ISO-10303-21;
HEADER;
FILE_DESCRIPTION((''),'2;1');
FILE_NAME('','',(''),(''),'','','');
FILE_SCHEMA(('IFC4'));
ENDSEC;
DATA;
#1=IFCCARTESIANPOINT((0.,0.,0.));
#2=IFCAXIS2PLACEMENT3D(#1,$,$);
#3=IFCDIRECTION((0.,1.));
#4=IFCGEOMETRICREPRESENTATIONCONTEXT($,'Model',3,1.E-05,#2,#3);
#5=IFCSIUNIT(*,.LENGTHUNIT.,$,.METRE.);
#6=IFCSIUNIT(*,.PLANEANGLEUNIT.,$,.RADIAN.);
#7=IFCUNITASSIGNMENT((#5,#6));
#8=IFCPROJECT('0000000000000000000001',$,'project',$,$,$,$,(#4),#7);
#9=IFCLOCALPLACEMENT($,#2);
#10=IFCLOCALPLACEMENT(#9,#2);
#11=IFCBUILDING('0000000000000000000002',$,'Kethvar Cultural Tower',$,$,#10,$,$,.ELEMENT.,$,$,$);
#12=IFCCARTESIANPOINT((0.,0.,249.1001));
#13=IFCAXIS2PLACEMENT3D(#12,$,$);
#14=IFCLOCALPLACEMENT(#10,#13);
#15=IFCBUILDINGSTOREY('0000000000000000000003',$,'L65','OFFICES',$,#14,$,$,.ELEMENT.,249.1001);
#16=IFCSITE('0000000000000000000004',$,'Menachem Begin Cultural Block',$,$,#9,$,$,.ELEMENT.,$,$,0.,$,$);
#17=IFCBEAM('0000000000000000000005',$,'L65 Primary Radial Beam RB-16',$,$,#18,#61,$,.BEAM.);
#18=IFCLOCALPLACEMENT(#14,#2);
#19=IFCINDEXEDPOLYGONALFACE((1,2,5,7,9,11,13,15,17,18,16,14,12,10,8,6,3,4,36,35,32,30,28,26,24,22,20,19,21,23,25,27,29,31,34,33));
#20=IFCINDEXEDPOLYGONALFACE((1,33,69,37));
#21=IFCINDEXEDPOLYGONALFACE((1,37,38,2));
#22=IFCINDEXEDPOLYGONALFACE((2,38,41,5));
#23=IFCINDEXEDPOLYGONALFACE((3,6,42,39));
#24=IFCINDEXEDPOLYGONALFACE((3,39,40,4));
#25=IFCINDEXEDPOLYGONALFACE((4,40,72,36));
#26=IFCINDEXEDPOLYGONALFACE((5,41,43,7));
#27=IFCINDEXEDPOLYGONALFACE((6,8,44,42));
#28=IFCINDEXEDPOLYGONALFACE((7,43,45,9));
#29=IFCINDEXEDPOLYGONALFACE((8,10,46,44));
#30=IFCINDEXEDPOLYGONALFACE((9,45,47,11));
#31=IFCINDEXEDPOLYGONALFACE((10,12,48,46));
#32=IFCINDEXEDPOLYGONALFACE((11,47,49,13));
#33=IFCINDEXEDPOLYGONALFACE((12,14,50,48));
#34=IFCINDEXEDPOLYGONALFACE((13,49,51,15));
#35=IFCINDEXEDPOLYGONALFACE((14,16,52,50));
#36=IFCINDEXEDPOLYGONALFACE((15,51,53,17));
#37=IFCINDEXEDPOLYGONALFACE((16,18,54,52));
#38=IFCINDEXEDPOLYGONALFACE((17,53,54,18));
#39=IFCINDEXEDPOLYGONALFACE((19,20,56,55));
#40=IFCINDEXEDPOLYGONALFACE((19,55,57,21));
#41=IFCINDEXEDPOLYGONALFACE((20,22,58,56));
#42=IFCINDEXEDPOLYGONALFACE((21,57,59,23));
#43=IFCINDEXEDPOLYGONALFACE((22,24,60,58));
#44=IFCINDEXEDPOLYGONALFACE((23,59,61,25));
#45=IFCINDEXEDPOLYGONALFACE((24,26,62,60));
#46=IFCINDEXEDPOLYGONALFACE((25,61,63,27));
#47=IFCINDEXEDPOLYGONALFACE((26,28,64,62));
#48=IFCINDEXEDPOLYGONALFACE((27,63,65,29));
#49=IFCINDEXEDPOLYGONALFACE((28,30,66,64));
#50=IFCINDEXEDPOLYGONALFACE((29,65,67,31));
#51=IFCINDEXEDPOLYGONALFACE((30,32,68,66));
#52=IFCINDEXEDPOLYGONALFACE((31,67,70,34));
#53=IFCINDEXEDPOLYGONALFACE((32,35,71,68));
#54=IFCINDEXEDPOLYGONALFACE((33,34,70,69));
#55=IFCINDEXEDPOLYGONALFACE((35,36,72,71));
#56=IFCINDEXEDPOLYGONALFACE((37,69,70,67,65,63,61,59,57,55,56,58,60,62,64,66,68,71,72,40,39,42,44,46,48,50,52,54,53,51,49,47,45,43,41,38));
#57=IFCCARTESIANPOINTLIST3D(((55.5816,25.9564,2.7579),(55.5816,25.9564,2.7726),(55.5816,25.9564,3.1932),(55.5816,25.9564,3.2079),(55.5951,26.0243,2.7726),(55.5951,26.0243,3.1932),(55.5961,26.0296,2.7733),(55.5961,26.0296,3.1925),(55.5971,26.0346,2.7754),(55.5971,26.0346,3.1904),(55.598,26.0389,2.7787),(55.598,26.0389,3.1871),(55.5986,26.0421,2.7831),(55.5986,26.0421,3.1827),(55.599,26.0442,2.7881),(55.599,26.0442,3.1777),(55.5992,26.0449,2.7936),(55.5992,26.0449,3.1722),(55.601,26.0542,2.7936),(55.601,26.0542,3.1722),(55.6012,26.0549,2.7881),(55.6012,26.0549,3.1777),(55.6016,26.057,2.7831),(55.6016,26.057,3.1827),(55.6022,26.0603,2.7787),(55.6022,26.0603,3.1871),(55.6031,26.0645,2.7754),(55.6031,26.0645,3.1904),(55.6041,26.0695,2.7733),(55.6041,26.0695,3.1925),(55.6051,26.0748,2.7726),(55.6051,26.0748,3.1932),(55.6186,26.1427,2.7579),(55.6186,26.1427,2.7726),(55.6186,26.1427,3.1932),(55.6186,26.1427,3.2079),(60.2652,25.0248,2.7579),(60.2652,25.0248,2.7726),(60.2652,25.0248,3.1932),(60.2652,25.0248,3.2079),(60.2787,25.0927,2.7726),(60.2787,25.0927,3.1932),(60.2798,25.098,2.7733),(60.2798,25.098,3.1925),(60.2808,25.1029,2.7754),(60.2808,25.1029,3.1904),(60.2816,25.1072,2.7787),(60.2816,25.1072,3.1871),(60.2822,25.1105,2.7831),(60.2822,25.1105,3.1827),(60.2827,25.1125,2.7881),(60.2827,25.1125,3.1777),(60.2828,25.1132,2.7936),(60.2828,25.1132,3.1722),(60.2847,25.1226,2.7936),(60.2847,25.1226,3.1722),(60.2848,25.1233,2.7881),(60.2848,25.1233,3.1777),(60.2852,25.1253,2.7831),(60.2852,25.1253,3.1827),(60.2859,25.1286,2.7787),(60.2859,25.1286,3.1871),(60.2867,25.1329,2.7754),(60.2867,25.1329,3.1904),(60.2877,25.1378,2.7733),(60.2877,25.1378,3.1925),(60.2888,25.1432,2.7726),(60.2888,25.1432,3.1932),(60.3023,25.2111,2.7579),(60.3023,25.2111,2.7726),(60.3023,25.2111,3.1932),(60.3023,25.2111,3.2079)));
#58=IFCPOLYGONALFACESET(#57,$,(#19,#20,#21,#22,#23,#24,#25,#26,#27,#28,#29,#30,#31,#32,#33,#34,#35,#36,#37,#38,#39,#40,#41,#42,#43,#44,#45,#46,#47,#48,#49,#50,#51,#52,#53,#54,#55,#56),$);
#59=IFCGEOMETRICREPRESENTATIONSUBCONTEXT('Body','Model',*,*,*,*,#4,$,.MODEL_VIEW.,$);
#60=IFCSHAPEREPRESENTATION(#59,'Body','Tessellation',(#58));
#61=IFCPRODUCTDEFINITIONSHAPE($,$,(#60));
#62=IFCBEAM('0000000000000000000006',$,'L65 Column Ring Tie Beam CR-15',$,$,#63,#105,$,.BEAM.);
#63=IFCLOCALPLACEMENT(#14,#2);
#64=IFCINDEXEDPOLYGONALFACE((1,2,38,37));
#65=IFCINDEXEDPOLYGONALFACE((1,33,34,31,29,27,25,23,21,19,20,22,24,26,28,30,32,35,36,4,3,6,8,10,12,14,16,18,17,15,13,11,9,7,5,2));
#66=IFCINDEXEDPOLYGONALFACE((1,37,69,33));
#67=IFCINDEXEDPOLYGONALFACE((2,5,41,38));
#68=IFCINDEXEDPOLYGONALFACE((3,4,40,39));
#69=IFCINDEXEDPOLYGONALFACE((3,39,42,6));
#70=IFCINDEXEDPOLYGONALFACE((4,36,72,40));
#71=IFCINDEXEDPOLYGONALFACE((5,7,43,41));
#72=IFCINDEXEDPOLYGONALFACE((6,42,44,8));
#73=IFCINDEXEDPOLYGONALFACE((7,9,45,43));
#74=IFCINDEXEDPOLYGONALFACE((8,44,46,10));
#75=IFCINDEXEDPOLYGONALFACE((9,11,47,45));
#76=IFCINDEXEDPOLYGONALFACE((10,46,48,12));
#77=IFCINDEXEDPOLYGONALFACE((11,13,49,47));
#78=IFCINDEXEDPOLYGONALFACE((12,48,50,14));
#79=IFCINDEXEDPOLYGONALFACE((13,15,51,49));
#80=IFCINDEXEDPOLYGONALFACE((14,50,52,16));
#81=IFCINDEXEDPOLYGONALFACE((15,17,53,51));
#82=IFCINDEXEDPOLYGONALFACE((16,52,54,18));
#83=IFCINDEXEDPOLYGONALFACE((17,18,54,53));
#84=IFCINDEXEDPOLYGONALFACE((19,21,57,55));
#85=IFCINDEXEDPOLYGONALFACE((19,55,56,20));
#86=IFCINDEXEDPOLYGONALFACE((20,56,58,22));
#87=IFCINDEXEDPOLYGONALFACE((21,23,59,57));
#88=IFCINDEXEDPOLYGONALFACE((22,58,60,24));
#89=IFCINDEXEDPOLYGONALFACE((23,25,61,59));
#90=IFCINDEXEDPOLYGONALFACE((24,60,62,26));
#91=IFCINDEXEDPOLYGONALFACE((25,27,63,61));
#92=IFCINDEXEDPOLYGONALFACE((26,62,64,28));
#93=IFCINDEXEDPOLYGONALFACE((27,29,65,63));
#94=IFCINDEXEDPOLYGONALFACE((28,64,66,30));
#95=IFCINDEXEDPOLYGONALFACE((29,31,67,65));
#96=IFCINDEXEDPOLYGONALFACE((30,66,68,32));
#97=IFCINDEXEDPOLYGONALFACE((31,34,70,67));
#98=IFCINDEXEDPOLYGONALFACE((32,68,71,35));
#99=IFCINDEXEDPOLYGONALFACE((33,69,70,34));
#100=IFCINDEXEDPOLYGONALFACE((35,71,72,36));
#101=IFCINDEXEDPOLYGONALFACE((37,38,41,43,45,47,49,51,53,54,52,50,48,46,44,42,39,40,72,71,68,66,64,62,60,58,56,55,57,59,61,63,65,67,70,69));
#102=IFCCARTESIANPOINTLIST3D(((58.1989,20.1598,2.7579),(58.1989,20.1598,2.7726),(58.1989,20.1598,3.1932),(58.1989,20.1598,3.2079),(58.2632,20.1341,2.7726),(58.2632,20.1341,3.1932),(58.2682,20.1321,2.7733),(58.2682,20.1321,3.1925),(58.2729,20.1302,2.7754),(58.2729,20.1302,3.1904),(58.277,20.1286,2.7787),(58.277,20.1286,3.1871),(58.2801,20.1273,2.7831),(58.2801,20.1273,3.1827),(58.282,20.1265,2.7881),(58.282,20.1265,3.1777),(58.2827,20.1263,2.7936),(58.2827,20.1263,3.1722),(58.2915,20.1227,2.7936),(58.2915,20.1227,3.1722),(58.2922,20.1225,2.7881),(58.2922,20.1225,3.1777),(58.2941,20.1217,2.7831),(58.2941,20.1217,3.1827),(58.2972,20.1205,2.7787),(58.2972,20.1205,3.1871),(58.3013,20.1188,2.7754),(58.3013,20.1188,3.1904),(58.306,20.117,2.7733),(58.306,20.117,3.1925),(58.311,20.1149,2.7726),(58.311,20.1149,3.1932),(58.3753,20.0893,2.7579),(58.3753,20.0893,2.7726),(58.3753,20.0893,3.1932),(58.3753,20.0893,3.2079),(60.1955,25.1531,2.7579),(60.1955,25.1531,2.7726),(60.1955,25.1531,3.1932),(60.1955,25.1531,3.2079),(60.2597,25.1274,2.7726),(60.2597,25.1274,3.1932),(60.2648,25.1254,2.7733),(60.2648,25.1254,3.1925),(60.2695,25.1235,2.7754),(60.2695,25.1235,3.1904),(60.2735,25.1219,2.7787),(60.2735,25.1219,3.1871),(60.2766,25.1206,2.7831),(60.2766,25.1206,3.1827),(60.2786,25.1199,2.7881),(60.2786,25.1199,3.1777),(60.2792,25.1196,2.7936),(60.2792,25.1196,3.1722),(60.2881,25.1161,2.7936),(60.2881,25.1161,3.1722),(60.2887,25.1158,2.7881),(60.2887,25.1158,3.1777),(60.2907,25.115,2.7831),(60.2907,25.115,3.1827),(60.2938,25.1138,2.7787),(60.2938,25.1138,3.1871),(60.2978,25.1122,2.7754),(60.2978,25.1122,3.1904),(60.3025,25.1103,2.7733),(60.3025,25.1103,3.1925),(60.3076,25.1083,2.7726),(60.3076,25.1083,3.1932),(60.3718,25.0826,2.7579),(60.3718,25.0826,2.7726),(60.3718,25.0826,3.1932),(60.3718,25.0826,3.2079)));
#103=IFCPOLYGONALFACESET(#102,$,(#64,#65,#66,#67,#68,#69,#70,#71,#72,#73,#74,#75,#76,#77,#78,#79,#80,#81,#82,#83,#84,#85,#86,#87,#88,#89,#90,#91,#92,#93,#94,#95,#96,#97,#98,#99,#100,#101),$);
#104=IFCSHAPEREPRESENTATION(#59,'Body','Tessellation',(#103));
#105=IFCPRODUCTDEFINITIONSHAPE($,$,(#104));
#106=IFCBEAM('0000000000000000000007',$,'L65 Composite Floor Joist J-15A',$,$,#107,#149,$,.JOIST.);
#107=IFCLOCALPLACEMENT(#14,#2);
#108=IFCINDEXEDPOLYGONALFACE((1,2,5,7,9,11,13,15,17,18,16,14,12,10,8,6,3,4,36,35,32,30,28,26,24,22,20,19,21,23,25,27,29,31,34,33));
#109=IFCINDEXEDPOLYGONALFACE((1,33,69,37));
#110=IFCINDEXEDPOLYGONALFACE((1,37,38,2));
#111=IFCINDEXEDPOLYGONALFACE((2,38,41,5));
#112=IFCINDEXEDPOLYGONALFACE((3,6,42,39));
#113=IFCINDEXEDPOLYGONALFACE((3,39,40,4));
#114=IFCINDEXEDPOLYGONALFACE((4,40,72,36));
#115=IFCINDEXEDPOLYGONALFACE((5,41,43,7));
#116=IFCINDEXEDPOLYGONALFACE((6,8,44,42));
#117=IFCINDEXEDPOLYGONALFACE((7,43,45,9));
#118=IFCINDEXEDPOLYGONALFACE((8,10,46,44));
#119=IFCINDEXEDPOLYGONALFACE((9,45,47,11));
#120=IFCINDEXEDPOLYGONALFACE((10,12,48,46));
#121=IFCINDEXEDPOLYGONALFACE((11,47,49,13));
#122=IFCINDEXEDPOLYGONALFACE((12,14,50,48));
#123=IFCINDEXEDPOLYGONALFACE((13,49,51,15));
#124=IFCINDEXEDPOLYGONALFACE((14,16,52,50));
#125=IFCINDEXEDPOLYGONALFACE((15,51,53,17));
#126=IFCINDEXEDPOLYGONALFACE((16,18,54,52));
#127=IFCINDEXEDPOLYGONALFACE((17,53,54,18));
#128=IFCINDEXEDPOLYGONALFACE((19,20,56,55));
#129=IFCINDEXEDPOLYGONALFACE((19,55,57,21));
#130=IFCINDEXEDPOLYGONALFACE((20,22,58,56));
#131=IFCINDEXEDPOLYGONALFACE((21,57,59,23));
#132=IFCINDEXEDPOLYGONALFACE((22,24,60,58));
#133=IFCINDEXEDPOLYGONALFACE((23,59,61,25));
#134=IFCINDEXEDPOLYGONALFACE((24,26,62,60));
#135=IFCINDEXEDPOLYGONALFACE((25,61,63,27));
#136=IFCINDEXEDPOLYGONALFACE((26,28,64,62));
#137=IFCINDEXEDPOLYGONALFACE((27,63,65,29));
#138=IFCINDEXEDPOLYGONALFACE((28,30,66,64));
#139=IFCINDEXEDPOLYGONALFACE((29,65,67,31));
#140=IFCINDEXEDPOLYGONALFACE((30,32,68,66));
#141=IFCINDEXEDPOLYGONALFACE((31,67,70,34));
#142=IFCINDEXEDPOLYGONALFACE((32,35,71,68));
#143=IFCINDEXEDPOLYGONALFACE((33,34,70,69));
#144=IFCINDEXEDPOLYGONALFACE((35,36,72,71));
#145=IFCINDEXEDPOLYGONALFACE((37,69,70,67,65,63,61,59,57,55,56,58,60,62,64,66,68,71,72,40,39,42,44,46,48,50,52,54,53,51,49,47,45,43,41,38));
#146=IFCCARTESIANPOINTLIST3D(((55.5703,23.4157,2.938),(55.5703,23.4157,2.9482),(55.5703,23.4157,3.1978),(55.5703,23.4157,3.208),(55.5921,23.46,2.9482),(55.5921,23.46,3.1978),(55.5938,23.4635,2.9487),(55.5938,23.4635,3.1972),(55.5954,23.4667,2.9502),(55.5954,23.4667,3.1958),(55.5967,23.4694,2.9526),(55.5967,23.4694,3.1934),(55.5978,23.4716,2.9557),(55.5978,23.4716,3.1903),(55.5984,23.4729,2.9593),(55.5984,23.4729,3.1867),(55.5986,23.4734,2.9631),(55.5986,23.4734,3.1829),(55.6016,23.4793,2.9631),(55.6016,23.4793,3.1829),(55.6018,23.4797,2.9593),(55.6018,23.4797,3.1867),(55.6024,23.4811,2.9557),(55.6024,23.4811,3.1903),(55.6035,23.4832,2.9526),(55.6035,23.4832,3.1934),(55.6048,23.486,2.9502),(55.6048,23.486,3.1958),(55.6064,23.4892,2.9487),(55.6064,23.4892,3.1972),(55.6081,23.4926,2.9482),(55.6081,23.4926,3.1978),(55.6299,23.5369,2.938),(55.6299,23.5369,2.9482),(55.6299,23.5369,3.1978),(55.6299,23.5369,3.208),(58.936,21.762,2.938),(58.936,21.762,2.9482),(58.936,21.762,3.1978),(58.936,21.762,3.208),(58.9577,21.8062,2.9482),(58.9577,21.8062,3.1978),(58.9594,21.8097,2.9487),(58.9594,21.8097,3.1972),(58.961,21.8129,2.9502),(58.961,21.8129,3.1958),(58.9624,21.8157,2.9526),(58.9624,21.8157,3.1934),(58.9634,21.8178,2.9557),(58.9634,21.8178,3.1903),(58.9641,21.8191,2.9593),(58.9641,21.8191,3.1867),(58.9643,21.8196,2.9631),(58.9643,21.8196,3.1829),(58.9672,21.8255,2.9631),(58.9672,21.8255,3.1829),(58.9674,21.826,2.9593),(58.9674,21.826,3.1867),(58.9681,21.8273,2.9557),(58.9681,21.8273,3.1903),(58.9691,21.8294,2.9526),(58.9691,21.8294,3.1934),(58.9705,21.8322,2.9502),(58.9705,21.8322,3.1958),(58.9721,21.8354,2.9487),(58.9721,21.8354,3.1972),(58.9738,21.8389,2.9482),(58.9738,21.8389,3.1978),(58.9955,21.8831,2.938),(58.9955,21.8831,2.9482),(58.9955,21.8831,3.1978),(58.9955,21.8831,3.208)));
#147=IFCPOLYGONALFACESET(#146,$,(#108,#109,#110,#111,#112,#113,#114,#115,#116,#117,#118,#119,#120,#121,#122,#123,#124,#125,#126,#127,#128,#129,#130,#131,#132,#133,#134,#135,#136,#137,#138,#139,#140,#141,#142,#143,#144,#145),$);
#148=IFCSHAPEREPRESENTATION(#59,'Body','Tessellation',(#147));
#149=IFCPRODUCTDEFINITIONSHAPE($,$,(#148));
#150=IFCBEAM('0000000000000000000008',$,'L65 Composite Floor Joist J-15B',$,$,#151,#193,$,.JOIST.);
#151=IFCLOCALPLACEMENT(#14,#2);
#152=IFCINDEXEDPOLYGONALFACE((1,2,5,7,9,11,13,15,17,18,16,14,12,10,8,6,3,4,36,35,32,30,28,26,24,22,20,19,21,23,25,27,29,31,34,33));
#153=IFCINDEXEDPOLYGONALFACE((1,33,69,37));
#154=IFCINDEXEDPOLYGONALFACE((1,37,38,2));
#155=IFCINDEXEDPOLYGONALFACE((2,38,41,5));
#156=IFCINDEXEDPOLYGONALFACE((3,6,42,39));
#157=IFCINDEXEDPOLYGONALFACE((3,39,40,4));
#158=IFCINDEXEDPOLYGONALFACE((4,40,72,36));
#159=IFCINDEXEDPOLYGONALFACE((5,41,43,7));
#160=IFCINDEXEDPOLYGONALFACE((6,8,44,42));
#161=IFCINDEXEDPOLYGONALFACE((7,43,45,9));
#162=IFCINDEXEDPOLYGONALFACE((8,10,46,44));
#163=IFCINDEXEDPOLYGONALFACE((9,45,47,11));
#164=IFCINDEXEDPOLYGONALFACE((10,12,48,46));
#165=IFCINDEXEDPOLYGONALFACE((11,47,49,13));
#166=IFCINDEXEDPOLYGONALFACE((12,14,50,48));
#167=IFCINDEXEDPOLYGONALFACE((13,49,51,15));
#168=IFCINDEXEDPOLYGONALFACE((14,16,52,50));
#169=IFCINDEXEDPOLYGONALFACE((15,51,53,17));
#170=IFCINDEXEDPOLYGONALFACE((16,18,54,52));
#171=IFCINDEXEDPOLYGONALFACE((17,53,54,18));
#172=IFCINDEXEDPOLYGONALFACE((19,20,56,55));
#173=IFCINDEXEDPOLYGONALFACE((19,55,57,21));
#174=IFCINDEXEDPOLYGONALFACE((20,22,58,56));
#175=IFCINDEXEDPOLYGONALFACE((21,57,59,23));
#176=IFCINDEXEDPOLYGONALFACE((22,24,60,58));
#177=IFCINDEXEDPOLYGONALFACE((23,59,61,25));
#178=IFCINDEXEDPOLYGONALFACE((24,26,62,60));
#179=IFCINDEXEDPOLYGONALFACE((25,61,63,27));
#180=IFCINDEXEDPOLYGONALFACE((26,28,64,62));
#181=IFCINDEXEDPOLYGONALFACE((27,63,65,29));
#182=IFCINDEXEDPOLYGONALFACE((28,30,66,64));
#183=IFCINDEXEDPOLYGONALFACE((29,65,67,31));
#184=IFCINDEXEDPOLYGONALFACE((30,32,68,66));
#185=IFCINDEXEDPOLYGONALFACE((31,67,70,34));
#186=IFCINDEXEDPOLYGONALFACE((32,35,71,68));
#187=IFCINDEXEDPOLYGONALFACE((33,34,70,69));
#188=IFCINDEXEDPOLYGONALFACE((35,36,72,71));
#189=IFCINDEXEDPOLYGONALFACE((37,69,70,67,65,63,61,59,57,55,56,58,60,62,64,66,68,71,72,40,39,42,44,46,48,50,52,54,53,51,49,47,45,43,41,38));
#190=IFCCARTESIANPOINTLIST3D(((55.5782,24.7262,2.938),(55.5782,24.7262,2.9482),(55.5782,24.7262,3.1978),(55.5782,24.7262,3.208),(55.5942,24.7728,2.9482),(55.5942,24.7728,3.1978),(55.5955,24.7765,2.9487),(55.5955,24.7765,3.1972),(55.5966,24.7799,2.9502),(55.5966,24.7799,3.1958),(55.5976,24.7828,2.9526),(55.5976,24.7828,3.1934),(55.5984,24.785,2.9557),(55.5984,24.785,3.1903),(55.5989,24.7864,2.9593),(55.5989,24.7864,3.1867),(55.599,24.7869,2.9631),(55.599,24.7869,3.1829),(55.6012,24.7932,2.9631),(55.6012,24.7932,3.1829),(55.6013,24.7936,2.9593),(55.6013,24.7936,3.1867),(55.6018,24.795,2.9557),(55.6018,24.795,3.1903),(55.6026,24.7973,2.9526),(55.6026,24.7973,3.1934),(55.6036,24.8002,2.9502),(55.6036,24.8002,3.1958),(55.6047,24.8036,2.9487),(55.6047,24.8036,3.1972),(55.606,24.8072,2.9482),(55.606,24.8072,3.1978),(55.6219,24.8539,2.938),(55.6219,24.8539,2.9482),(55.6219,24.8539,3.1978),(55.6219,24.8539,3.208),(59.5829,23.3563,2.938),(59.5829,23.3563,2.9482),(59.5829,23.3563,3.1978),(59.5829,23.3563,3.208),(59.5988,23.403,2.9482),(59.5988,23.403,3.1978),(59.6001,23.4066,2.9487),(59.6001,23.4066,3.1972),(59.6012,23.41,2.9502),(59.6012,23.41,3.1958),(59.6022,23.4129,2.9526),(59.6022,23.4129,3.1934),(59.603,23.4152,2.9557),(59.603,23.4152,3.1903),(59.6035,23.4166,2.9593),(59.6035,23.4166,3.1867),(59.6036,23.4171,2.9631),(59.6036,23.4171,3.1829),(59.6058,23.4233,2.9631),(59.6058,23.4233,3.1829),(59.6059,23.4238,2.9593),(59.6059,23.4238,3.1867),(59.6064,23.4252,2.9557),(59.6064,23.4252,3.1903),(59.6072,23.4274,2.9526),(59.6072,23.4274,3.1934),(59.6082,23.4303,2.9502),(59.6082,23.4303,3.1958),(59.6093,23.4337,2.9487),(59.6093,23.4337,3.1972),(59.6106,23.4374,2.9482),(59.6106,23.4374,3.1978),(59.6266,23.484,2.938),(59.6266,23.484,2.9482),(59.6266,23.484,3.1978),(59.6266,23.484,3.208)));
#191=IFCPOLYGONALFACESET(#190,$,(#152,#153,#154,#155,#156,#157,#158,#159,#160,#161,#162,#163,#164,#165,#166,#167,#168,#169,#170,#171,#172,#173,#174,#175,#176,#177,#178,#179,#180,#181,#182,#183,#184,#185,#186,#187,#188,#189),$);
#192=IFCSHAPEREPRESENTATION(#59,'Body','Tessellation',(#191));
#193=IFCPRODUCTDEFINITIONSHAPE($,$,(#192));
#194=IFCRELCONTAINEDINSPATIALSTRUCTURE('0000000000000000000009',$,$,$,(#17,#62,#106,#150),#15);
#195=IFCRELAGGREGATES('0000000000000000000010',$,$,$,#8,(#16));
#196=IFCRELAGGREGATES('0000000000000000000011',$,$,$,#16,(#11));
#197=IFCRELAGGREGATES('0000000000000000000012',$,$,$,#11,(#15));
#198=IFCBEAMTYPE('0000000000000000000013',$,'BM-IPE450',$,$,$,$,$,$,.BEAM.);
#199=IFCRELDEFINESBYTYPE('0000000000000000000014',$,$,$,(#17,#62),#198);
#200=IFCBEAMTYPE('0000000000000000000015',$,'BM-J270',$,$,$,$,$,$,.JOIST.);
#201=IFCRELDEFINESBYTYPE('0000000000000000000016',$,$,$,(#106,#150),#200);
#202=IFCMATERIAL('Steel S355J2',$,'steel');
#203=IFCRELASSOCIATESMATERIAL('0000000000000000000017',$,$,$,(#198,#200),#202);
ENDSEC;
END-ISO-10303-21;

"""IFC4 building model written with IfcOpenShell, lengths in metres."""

from ifc_helpers import new_model, si_unit, direction, frame, origin, origin_2d, place, context, subcontext, project, spatial, i_section, extrude, source, transform, mapped, material, material_profile, profile_set, type_object, element, save


model = new_model("IFC4")

# Units and contexts
model_context = context("Model", 3, precision=1e-05, world=origin(), true_north=direction((0.0, 1.0)))
body_context = subcontext(model_context, "Body", "Model", "MODEL_VIEW")
ifc_project = project(units=[si_unit("LENGTHUNIT", "METRE"), si_unit("PLANEANGLEUNIT", "RADIAN")], contexts=[model_context])

# Site, building, storey
site_placement = place(None, origin())
site = spatial("IfcSite", under=ifc_project, at=site_placement, Name="Menachem Begin Cultural Block", CompositionType="ELEMENT", RefElevation=0.0)
building_placement = place(site_placement, origin())
building = spatial("IfcBuilding", under=site, at=building_placement, Name="Kethvar Cultural Tower", CompositionType="ELEMENT")
storey_placement = place(building_placement, frame((0.0, 0.0, 249.1001)))
storey = spatial("IfcBuildingStorey", under=building, at=storey_placement, Name="L65", Description="OFFICES", CompositionType="ELEMENT", Elevation=249.1001)

# Beams
ifc_material_1 = material(Name="Steel S355J2", Category="steel")
ifc_material_profile_1 = material_profile(ifc_material_1, i_section(OverallWidth=0.1899, OverallDepth=0.45, WebThickness=0.0095, FlangeThickness=0.0146, FilletRadius=0.021, at=origin_2d()), Name="Steel S355J2 — IPE450")
ifc_profile_set_1 = profile_set([ifc_material_profile_1], Name="Steel S355J2 — IPE450")
beam_type_1 = type_object("IfcBeamType", Name="BM-IPE450", PredefinedType="BEAM", material=ifc_profile_set_1)
shared_shape_1 = source(origin(), body_context, "Body", "SweptSolid", [
    extrude(i_section(OverallWidth=0.1899, OverallDepth=0.45, WebThickness=0.0095, FlangeThickness=0.0146, FilletRadius=0.021, at=origin_2d()), origin(), (0.0, 0.0, 1.0), 4.7754),
])
beam_1_placement = place(storey_placement, frame((55.6001, 26.0496, 2.9829), z_axis=(0.980785, -0.195094, 0.0), x_axis=(0.195094, 0.980785, 0.0)))
element("IfcBeam", 1, at=beam_1_placement, inside=storey, type_object=beam_type_1, Name="L65 Primary Radial Beam RB-16", PredefinedType="BEAM", context=body_context, shape_type="MappedRepresentation", body=[
    mapped(shared_shape_1, transform((0.0, 0.0, 0.0), scale=1.0)),
])
shared_shape_2 = source(origin(), body_context, "Body", "SweptSolid", [
    extrude(i_section(OverallWidth=0.1899, OverallDepth=0.45, WebThickness=0.0095, FlangeThickness=0.0146, FilletRadius=0.021, at=origin_2d()), origin(), (0.0, 0.0, 1.0), 5.3777),
])
beam_2_placement = place(storey_placement, frame((58.2871, 20.1245, 2.9829), z_axis=(0.371265, 0.928527, 0.0), x_axis=(-0.928527, 0.371265, 0.0)))
element("IfcBeam", 2, at=beam_2_placement, inside=storey, type_object=beam_type_1, Name="L65 Column Ring Tie Beam CR-15", PredefinedType="BEAM", context=body_context, shape_type="MappedRepresentation", body=[
    mapped(shared_shape_2, transform((0.0, 0.0, 0.0), scale=1.0)),
])
ifc_material_profile_2 = material_profile(ifc_material_1, i_section(OverallWidth=0.135, OverallDepth=0.27, WebThickness=0.0066, FlangeThickness=0.0103, FilletRadius=0.0149, at=origin_2d()), Name="Steel S355J2 — IPE270")
ifc_profile_set_2 = profile_set([ifc_material_profile_2], Name="Steel S355J2 — IPE270")
beam_type_2 = type_object("IfcBeamType", Name="BM-J270", PredefinedType="JOIST", material=ifc_profile_set_2)
shared_shape_3 = source(origin(), body_context, "Body", "SweptSolid", [
    extrude(i_section(OverallWidth=0.135, OverallDepth=0.27, WebThickness=0.0066, FlangeThickness=0.0103, FilletRadius=0.0149, at=origin_2d()), origin(), (0.0, 0.0, 1.0), 3.75),
])
beam_3_placement = place(storey_placement, frame((55.6001, 23.4763, 3.073), z_axis=(0.897505, -0.441005, 0.0), x_axis=(0.441005, 0.897505, 0.0)))
element("IfcBeam", 3, at=beam_3_placement, inside=storey, type_object=beam_type_2, Name="L65 Composite Floor Joist J-15A", PredefinedType="JOIST", context=body_context, shape_type="MappedRepresentation", body=[
    mapped(shared_shape_3, transform((0.0, 0.0, 0.0), scale=1.0)),
])
shared_shape_4 = source(origin(), body_context, "Body", "SweptSolid", [
    extrude(i_section(OverallWidth=0.135, OverallDepth=0.27, WebThickness=0.0066, FlangeThickness=0.0103, FilletRadius=0.0149, at=origin_2d()), origin(), (0.0, 0.0, 1.0), 4.2324),
])
beam_4_placement = place(storey_placement, frame((55.6001, 24.79, 3.073), z_axis=(0.946174, -0.323659, 0.0), x_axis=(0.323659, 0.946174, 0.0)))
element("IfcBeam", 4, at=beam_4_placement, inside=storey, type_object=beam_type_2, Name="L65 Composite Floor Joist J-15B", PredefinedType="JOIST", context=body_context, shape_type="MappedRepresentation", body=[
    mapped(shared_shape_4, transform((0.0, 0.0, 0.0), scale=1.0)),
])

save(model, "model.ifc")
